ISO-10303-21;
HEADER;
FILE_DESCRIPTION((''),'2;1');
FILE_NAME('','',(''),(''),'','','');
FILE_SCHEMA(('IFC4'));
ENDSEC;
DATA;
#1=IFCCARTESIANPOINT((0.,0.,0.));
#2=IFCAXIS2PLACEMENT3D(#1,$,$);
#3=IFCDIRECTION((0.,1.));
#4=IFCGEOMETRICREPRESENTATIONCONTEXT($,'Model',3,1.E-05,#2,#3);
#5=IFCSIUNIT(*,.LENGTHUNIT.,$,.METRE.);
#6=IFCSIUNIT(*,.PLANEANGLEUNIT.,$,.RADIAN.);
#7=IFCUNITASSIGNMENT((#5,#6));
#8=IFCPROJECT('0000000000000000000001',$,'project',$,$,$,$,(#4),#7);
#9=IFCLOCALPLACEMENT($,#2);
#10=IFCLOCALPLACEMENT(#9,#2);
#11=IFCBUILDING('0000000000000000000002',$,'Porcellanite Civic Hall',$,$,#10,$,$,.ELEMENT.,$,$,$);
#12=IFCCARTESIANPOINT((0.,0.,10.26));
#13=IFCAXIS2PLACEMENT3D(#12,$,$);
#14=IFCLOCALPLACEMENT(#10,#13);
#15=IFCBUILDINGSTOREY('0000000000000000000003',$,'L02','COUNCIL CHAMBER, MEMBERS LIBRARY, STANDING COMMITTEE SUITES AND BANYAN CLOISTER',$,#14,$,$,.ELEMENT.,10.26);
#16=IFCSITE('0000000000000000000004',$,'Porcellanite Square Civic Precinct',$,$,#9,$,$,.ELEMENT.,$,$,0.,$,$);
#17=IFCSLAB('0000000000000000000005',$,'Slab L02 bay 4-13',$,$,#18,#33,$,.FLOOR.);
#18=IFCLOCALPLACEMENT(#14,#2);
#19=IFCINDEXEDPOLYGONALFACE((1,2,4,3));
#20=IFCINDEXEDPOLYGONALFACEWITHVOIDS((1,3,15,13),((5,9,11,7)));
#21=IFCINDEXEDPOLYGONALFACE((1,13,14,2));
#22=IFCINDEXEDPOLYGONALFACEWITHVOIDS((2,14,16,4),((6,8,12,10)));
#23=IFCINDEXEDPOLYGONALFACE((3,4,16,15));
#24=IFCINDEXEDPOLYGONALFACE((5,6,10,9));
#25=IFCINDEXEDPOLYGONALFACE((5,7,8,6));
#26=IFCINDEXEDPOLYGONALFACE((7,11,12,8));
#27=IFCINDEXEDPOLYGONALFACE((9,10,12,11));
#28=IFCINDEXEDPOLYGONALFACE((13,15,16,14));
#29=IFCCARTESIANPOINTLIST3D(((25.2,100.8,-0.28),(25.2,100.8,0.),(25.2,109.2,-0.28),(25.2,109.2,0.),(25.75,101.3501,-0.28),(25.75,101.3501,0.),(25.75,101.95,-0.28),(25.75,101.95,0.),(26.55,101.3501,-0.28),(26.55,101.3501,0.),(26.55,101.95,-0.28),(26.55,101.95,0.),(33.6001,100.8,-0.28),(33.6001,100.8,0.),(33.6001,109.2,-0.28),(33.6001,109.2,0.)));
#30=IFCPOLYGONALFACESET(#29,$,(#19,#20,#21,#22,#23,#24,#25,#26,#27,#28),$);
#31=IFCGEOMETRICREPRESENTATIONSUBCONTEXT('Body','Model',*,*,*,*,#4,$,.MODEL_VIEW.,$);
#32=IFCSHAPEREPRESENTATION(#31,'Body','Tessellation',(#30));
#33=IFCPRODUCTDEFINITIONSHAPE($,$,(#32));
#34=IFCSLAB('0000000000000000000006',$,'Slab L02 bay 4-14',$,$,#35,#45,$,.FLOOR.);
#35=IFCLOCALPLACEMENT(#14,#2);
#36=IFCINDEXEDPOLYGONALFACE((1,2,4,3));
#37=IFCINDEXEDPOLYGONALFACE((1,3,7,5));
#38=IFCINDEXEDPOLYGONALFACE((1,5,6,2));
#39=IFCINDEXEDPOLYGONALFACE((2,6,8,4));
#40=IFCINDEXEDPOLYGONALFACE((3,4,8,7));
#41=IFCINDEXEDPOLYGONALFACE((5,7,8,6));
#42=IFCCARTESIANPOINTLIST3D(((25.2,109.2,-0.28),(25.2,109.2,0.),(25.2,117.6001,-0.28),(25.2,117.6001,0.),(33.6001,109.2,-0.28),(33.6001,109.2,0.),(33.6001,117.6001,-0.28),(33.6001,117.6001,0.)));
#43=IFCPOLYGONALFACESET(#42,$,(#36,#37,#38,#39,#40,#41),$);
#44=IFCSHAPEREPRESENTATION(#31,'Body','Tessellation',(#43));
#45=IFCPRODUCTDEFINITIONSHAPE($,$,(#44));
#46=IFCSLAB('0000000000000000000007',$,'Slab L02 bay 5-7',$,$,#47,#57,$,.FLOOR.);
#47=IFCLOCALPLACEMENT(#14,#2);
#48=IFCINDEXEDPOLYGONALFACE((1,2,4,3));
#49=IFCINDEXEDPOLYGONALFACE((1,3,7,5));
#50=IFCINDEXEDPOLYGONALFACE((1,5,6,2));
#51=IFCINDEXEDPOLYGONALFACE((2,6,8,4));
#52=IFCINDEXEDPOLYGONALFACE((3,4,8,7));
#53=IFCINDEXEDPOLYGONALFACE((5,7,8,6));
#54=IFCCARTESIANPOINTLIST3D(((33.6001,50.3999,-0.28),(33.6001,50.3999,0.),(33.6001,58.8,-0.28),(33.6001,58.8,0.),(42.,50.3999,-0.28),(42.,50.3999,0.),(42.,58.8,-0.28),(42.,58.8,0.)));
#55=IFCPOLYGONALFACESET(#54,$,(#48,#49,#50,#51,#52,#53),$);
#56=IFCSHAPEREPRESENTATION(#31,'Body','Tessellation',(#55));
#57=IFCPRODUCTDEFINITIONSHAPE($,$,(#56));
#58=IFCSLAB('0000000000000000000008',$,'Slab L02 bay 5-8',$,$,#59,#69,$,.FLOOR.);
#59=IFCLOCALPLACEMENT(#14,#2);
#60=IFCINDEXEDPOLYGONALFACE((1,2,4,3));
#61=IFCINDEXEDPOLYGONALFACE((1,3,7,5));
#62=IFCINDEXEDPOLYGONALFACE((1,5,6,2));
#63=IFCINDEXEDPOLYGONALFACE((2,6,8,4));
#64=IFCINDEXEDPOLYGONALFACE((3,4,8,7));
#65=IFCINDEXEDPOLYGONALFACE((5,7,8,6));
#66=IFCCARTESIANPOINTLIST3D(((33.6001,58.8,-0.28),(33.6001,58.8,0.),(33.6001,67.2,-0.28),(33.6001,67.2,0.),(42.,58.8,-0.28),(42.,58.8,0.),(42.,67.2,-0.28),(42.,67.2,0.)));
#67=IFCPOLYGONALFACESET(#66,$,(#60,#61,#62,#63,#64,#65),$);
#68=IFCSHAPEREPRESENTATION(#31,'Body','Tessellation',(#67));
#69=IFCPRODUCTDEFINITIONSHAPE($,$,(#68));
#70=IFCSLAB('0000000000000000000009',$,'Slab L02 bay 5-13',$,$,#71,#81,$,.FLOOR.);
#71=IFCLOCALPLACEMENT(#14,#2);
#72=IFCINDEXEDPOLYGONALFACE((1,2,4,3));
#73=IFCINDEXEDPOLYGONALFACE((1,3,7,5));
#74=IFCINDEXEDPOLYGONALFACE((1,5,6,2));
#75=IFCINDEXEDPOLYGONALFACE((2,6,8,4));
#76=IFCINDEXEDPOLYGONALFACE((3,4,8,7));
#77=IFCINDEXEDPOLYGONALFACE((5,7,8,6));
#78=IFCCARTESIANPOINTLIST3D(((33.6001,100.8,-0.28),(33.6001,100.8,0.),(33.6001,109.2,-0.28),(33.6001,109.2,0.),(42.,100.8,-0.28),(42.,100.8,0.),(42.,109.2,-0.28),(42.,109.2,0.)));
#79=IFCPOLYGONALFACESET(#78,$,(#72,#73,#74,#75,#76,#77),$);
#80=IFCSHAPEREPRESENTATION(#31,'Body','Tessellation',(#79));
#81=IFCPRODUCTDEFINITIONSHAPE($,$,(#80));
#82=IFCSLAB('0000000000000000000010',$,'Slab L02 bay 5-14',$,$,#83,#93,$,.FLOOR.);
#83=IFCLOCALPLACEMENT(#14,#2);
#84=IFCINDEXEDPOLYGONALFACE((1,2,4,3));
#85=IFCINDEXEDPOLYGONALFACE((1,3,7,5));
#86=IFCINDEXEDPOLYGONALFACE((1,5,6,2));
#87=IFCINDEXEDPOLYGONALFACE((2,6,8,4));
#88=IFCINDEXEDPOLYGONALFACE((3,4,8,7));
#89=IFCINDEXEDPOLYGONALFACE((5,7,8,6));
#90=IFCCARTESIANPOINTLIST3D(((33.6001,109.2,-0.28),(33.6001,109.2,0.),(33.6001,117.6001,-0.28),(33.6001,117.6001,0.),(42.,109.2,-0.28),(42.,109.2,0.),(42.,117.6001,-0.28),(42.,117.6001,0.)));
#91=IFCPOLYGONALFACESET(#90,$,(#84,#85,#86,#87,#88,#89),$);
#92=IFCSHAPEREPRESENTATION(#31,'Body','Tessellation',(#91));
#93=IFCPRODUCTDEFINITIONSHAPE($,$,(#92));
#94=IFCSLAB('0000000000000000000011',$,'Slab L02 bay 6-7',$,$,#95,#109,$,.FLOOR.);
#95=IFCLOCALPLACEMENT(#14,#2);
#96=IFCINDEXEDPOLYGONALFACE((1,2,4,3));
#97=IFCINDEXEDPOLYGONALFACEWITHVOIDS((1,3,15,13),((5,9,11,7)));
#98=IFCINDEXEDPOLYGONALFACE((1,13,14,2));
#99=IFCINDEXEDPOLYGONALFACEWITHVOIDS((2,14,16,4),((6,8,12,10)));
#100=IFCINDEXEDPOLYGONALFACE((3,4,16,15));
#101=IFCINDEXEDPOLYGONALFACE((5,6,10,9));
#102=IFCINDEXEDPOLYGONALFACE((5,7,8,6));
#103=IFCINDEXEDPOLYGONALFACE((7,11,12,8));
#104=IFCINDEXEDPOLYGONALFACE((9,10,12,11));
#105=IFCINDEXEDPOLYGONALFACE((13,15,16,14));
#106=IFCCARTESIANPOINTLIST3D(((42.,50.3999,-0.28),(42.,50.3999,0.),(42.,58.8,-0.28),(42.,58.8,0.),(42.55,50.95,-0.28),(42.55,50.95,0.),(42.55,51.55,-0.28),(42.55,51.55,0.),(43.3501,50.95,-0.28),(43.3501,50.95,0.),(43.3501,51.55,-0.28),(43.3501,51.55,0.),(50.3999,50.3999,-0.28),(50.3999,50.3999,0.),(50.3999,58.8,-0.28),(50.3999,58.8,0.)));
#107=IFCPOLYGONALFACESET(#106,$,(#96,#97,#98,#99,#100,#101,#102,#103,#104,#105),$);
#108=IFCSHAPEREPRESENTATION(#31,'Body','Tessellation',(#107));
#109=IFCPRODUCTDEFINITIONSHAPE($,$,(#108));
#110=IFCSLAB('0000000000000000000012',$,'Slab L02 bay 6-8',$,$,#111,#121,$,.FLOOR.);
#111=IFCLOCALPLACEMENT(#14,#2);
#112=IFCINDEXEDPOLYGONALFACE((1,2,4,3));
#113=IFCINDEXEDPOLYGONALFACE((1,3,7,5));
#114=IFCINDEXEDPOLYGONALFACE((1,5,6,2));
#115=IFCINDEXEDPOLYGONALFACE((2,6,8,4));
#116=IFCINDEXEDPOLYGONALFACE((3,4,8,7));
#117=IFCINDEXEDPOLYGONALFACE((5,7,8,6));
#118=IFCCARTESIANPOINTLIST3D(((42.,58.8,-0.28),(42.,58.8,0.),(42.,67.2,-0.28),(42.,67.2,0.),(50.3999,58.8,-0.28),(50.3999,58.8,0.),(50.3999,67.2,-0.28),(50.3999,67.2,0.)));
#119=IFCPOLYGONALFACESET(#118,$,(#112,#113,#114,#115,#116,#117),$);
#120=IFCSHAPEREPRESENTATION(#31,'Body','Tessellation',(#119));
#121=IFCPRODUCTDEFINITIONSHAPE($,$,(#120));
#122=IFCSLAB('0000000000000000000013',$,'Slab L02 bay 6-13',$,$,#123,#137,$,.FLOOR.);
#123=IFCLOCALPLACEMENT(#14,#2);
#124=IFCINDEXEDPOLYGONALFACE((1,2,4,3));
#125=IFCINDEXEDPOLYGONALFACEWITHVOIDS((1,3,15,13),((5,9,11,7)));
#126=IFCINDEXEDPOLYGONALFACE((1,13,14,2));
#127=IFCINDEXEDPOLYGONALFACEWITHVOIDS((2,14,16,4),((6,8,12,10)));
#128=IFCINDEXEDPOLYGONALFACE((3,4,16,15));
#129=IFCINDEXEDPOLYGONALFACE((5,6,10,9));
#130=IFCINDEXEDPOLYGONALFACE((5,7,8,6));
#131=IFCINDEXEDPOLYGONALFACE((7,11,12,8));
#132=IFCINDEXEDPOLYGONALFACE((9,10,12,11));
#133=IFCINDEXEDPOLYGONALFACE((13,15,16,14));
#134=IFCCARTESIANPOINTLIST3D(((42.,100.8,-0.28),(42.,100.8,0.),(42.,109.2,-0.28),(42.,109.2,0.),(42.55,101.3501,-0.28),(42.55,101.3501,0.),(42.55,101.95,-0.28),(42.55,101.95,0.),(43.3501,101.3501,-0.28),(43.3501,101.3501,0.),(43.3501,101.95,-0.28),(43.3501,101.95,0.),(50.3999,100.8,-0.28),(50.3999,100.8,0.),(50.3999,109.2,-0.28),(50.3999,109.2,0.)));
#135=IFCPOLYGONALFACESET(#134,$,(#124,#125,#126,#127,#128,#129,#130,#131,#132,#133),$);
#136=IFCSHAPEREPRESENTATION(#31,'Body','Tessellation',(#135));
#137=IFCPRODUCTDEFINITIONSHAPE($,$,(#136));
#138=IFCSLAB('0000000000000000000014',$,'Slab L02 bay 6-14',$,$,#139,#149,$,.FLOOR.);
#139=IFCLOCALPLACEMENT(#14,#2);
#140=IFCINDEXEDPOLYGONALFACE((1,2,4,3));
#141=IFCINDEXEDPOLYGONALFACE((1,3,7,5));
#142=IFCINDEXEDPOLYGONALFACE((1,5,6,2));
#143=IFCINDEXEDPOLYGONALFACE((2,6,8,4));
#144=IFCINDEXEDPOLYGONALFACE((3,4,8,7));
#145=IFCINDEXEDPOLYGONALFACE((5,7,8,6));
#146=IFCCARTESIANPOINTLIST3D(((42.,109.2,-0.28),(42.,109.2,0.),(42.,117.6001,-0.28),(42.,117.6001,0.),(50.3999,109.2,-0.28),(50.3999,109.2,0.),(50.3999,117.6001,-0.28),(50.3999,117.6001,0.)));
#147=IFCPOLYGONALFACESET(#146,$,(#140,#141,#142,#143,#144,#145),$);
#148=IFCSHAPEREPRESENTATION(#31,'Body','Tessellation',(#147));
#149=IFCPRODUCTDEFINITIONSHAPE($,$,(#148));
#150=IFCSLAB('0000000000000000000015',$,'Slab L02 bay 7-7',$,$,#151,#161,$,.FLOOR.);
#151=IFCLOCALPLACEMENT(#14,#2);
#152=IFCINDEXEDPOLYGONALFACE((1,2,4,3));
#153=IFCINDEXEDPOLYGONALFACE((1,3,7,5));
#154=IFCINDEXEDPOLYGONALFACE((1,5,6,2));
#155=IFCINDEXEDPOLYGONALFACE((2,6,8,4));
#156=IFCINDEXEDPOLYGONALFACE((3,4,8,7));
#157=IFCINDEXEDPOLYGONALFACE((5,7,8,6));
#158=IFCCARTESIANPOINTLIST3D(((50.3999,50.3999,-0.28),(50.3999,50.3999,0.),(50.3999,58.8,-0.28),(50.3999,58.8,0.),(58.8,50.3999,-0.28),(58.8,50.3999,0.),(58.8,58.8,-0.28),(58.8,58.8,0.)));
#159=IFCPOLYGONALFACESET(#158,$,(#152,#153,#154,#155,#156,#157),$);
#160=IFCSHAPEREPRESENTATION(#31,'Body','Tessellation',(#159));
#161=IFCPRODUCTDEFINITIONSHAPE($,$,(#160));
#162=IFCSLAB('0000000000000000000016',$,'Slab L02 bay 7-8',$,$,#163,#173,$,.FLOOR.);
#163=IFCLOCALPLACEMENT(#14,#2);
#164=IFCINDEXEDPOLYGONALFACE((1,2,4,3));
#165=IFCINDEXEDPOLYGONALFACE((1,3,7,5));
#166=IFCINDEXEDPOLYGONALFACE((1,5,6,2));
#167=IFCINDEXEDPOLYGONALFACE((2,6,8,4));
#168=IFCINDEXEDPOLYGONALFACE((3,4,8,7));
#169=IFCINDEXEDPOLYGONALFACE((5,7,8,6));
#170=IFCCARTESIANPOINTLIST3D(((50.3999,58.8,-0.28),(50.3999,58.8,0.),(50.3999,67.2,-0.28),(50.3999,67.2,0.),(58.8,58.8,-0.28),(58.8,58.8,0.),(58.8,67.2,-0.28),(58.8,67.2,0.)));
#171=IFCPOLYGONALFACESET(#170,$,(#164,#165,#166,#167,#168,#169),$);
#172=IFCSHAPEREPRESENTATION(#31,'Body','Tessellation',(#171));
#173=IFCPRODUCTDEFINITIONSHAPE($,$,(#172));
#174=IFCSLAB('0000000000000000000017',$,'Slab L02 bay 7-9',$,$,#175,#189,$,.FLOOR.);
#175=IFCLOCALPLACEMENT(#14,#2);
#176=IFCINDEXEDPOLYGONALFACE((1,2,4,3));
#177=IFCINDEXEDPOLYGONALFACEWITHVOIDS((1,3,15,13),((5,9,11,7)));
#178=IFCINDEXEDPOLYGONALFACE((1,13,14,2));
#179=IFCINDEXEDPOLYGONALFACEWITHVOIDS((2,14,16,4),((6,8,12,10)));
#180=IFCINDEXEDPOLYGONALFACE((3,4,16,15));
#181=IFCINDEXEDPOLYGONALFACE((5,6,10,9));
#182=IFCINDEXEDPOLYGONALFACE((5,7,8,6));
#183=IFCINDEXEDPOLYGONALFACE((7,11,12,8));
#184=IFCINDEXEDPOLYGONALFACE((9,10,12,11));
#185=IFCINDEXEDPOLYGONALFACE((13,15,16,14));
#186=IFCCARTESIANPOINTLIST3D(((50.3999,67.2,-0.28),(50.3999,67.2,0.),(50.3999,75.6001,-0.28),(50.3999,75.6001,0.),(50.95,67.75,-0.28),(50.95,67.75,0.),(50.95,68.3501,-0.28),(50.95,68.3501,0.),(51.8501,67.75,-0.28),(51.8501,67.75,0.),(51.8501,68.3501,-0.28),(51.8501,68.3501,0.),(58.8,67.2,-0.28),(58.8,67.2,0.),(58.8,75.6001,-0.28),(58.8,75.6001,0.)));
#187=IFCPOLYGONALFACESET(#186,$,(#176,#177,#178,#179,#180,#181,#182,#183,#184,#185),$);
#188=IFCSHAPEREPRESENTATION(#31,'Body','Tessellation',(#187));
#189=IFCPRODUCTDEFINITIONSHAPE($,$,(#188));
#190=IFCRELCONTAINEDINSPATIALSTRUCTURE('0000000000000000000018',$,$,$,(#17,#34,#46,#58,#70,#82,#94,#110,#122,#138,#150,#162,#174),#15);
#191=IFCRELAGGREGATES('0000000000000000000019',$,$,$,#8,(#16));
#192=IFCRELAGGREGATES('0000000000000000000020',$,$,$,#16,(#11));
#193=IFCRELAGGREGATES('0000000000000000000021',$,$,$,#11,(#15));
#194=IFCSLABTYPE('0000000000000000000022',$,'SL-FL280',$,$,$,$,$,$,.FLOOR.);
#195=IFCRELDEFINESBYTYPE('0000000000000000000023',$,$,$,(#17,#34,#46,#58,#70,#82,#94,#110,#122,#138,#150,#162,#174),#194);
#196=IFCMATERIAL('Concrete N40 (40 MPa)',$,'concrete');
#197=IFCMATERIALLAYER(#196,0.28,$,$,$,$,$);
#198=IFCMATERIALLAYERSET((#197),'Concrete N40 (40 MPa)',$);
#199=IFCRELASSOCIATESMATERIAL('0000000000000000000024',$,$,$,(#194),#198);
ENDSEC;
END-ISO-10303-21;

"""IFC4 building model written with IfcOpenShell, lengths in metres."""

from ifc_helpers import new_model, si_unit, direction, frame, origin, place, context, subcontext, project, spatial, polyline, outline, extrude, material, layer, layer_set, type_object, element, save


model = new_model("IFC4")

# Units and contexts
model_context = context("Model", 3, precision=1e-05, world=origin(), true_north=direction((0.0, 1.0)))
body_context = subcontext(model_context, "Body", "Model", "MODEL_VIEW")
ifc_project = project(units=[si_unit("LENGTHUNIT", "METRE"), si_unit("PLANEANGLEUNIT", "RADIAN")], contexts=[model_context])

# Site, building, storey
site_placement = place(None, origin())
site = spatial("IfcSite", under=ifc_project, at=site_placement, Name="Porcellanite Square Civic Precinct", CompositionType="ELEMENT", RefElevation=0.0)
building_placement = place(site_placement, origin())
building = spatial("IfcBuilding", under=site, at=building_placement, Name="Porcellanite Civic Hall", CompositionType="ELEMENT")
storey_placement = place(building_placement, frame((0.0, 0.0, 10.26)))
storey = spatial("IfcBuildingStorey", under=building, at=storey_placement, Name="L02", Description="COUNCIL CHAMBER, MEMBERS LIBRARY, STANDING COMMITTEE SUITES AND BANYAN CLOISTER", CompositionType="ELEMENT", Elevation=10.26)

# Slabs
ifc_material = material(Name="Concrete N40 (40 MPa)", Category="concrete")
ifc_layer = layer(ifc_material, 0.28)
ifc_layer_set = layer_set([ifc_layer], Name="Concrete N40 (40 MPa)")
slab_type = type_object("IfcSlabType", Name="SL-FL280", PredefinedType="FLOOR", material=ifc_layer_set)
slab_1_placement = place(storey_placement, frame((0.0, 0.0, -0.28)))
element("IfcSlab", 1, at=slab_1_placement, inside=storey, type_object=slab_type, Name="Slab L02 bay 4-13", PredefinedType="FLOOR", context=body_context, shape_type="SweptSolid", body=[
    extrude(outline(polyline([(25.2, 100.8), (33.6001, 100.8), (33.6001, 109.2), (25.2, 109.2), (25.2, 100.8)]), holes=[polyline([(25.75, 101.3501), (26.55, 101.3501), (26.55, 101.95), (25.75, 101.95), (25.75, 101.3501)])]), origin(), (0.0, 0.0, 1.0), 0.28),
])
slab_2_placement = place(storey_placement, frame((0.0, 0.0, -0.28)))
element("IfcSlab", 2, at=slab_2_placement, inside=storey, type_object=slab_type, Name="Slab L02 bay 4-14", PredefinedType="FLOOR", context=body_context, shape_type="SweptSolid", body=[
    extrude(outline(polyline([(25.2, 109.2), (33.6001, 109.2), (33.6001, 117.6001), (25.2, 117.6001), (25.2, 109.2)])), origin(), (0.0, 0.0, 1.0), 0.28),
])
slab_3_placement = place(storey_placement, frame((0.0, 0.0, -0.28)))
element("IfcSlab", 3, at=slab_3_placement, inside=storey, type_object=slab_type, Name="Slab L02 bay 5-7", PredefinedType="FLOOR", context=body_context, shape_type="SweptSolid", body=[
    extrude(outline(polyline([(33.6001, 50.3999), (42.0, 50.3999), (42.0, 58.8), (33.6001, 58.8), (33.6001, 50.3999)])), origin(), (0.0, 0.0, 1.0), 0.28),
])
slab_4_placement = place(storey_placement, frame((0.0, 0.0, -0.28)))
element("IfcSlab", 4, at=slab_4_placement, inside=storey, type_object=slab_type, Name="Slab L02 bay 5-8", PredefinedType="FLOOR", context=body_context, shape_type="SweptSolid", body=[
    extrude(outline(polyline([(33.6001, 58.8), (42.0, 58.8), (42.0, 67.2), (33.6001, 67.2), (33.6001, 58.8)])), origin(), (0.0, 0.0, 1.0), 0.28),
])
slab_5_placement = place(storey_placement, frame((0.0, 0.0, -0.28)))
element("IfcSlab", 5, at=slab_5_placement, inside=storey, type_object=slab_type, Name="Slab L02 bay 5-13", PredefinedType="FLOOR", context=body_context, shape_type="SweptSolid", body=[
    extrude(outline(polyline([(33.6001, 100.8), (42.0, 100.8), (42.0, 109.2), (33.6001, 109.2), (33.6001, 100.8)])), origin(), (0.0, 0.0, 1.0), 0.28),
])
slab_6_placement = place(storey_placement, frame((0.0, 0.0, -0.28)))
element("IfcSlab", 6, at=slab_6_placement, inside=storey, type_object=slab_type, Name="Slab L02 bay 5-14", PredefinedType="FLOOR", context=body_context, shape_type="SweptSolid", body=[
    extrude(outline(polyline([(33.6001, 109.2), (42.0, 109.2), (42.0, 117.6001), (33.6001, 117.6001), (33.6001, 109.2)])), origin(), (0.0, 0.0, 1.0), 0.28),
])
slab_7_placement = place(storey_placement, frame((0.0, 0.0, -0.28)))
element("IfcSlab", 7, at=slab_7_placement, inside=storey, type_object=slab_type, Name="Slab L02 bay 6-7", PredefinedType="FLOOR", context=body_context, shape_type="SweptSolid", body=[
    extrude(outline(polyline([(42.0, 50.3999), (50.3999, 50.3999), (50.3999, 58.8), (42.0, 58.8), (42.0, 50.3999)]), holes=[polyline([(42.55, 50.95), (43.3501, 50.95), (43.3501, 51.55), (42.55, 51.55), (42.55, 50.95)])]), origin(), (0.0, 0.0, 1.0), 0.28),
])
slab_8_placement = place(storey_placement, frame((0.0, 0.0, -0.28)))
element("IfcSlab", 8, at=slab_8_placement, inside=storey, type_object=slab_type, Name="Slab L02 bay 6-8", PredefinedType="FLOOR", context=body_context, shape_type="SweptSolid", body=[
    extrude(outline(polyline([(42.0, 58.8), (50.3999, 58.8), (50.3999, 67.2), (42.0, 67.2), (42.0, 58.8)])), origin(), (0.0, 0.0, 1.0), 0.28),
])
slab_9_placement = place(storey_placement, frame((0.0, 0.0, -0.28)))
element("IfcSlab", 9, at=slab_9_placement, inside=storey, type_object=slab_type, Name="Slab L02 bay 6-13", PredefinedType="FLOOR", context=body_context, shape_type="SweptSolid", body=[
    extrude(outline(polyline([(42.0, 100.8), (50.3999, 100.8), (50.3999, 109.2), (42.0, 109.2), (42.0, 100.8)]), holes=[polyline([(42.55, 101.3501), (43.3501, 101.3501), (43.3501, 101.95), (42.55, 101.95), (42.55, 101.3501)])]), origin(), (0.0, 0.0, 1.0), 0.28),
])
slab_10_placement = place(storey_placement, frame((0.0, 0.0, -0.28)))
element("IfcSlab", 10, at=slab_10_placement, inside=storey, type_object=slab_type, Name="Slab L02 bay 6-14", PredefinedType="FLOOR", context=body_context, shape_type="SweptSolid", body=[
    extrude(outline(polyline([(42.0, 109.2), (50.3999, 109.2), (50.3999, 117.6001), (42.0, 117.6001), (42.0, 109.2)])), origin(), (0.0, 0.0, 1.0), 0.28),
])
slab_11_placement = place(storey_placement, frame((0.0, 0.0, -0.28)))
element("IfcSlab", 11, at=slab_11_placement, inside=storey, type_object=slab_type, Name="Slab L02 bay 7-7", PredefinedType="FLOOR", context=body_context, shape_type="SweptSolid", body=[
    extrude(outline(polyline([(50.3999, 50.3999), (58.8, 50.3999), (58.8, 58.8), (50.3999, 58.8), (50.3999, 50.3999)])), origin(), (0.0, 0.0, 1.0), 0.28),
])
slab_12_placement = place(storey_placement, frame((0.0, 0.0, -0.28)))
element("IfcSlab", 12, at=slab_12_placement, inside=storey, type_object=slab_type, Name="Slab L02 bay 7-8", PredefinedType="FLOOR", context=body_context, shape_type="SweptSolid", body=[
    extrude(outline(polyline([(50.3999, 58.8), (58.8, 58.8), (58.8, 67.2), (50.3999, 67.2), (50.3999, 58.8)])), origin(), (0.0, 0.0, 1.0), 0.28),
])
slab_13_placement = place(storey_placement, frame((0.0, 0.0, -0.28)))
element("IfcSlab", 13, at=slab_13_placement, inside=storey, type_object=slab_type, Name="Slab L02 bay 7-9", PredefinedType="FLOOR", context=body_context, shape_type="SweptSolid", body=[
    extrude(outline(polyline([(50.3999, 67.2), (58.8, 67.2), (58.8, 75.6001), (50.3999, 75.6001), (50.3999, 67.2)]), holes=[polyline([(50.95, 67.75), (51.8501, 67.75), (51.8501, 68.3501), (50.95, 68.3501), (50.95, 67.75)])]), origin(), (0.0, 0.0, 1.0), 0.28),
])

save(model, "model.ifc")
